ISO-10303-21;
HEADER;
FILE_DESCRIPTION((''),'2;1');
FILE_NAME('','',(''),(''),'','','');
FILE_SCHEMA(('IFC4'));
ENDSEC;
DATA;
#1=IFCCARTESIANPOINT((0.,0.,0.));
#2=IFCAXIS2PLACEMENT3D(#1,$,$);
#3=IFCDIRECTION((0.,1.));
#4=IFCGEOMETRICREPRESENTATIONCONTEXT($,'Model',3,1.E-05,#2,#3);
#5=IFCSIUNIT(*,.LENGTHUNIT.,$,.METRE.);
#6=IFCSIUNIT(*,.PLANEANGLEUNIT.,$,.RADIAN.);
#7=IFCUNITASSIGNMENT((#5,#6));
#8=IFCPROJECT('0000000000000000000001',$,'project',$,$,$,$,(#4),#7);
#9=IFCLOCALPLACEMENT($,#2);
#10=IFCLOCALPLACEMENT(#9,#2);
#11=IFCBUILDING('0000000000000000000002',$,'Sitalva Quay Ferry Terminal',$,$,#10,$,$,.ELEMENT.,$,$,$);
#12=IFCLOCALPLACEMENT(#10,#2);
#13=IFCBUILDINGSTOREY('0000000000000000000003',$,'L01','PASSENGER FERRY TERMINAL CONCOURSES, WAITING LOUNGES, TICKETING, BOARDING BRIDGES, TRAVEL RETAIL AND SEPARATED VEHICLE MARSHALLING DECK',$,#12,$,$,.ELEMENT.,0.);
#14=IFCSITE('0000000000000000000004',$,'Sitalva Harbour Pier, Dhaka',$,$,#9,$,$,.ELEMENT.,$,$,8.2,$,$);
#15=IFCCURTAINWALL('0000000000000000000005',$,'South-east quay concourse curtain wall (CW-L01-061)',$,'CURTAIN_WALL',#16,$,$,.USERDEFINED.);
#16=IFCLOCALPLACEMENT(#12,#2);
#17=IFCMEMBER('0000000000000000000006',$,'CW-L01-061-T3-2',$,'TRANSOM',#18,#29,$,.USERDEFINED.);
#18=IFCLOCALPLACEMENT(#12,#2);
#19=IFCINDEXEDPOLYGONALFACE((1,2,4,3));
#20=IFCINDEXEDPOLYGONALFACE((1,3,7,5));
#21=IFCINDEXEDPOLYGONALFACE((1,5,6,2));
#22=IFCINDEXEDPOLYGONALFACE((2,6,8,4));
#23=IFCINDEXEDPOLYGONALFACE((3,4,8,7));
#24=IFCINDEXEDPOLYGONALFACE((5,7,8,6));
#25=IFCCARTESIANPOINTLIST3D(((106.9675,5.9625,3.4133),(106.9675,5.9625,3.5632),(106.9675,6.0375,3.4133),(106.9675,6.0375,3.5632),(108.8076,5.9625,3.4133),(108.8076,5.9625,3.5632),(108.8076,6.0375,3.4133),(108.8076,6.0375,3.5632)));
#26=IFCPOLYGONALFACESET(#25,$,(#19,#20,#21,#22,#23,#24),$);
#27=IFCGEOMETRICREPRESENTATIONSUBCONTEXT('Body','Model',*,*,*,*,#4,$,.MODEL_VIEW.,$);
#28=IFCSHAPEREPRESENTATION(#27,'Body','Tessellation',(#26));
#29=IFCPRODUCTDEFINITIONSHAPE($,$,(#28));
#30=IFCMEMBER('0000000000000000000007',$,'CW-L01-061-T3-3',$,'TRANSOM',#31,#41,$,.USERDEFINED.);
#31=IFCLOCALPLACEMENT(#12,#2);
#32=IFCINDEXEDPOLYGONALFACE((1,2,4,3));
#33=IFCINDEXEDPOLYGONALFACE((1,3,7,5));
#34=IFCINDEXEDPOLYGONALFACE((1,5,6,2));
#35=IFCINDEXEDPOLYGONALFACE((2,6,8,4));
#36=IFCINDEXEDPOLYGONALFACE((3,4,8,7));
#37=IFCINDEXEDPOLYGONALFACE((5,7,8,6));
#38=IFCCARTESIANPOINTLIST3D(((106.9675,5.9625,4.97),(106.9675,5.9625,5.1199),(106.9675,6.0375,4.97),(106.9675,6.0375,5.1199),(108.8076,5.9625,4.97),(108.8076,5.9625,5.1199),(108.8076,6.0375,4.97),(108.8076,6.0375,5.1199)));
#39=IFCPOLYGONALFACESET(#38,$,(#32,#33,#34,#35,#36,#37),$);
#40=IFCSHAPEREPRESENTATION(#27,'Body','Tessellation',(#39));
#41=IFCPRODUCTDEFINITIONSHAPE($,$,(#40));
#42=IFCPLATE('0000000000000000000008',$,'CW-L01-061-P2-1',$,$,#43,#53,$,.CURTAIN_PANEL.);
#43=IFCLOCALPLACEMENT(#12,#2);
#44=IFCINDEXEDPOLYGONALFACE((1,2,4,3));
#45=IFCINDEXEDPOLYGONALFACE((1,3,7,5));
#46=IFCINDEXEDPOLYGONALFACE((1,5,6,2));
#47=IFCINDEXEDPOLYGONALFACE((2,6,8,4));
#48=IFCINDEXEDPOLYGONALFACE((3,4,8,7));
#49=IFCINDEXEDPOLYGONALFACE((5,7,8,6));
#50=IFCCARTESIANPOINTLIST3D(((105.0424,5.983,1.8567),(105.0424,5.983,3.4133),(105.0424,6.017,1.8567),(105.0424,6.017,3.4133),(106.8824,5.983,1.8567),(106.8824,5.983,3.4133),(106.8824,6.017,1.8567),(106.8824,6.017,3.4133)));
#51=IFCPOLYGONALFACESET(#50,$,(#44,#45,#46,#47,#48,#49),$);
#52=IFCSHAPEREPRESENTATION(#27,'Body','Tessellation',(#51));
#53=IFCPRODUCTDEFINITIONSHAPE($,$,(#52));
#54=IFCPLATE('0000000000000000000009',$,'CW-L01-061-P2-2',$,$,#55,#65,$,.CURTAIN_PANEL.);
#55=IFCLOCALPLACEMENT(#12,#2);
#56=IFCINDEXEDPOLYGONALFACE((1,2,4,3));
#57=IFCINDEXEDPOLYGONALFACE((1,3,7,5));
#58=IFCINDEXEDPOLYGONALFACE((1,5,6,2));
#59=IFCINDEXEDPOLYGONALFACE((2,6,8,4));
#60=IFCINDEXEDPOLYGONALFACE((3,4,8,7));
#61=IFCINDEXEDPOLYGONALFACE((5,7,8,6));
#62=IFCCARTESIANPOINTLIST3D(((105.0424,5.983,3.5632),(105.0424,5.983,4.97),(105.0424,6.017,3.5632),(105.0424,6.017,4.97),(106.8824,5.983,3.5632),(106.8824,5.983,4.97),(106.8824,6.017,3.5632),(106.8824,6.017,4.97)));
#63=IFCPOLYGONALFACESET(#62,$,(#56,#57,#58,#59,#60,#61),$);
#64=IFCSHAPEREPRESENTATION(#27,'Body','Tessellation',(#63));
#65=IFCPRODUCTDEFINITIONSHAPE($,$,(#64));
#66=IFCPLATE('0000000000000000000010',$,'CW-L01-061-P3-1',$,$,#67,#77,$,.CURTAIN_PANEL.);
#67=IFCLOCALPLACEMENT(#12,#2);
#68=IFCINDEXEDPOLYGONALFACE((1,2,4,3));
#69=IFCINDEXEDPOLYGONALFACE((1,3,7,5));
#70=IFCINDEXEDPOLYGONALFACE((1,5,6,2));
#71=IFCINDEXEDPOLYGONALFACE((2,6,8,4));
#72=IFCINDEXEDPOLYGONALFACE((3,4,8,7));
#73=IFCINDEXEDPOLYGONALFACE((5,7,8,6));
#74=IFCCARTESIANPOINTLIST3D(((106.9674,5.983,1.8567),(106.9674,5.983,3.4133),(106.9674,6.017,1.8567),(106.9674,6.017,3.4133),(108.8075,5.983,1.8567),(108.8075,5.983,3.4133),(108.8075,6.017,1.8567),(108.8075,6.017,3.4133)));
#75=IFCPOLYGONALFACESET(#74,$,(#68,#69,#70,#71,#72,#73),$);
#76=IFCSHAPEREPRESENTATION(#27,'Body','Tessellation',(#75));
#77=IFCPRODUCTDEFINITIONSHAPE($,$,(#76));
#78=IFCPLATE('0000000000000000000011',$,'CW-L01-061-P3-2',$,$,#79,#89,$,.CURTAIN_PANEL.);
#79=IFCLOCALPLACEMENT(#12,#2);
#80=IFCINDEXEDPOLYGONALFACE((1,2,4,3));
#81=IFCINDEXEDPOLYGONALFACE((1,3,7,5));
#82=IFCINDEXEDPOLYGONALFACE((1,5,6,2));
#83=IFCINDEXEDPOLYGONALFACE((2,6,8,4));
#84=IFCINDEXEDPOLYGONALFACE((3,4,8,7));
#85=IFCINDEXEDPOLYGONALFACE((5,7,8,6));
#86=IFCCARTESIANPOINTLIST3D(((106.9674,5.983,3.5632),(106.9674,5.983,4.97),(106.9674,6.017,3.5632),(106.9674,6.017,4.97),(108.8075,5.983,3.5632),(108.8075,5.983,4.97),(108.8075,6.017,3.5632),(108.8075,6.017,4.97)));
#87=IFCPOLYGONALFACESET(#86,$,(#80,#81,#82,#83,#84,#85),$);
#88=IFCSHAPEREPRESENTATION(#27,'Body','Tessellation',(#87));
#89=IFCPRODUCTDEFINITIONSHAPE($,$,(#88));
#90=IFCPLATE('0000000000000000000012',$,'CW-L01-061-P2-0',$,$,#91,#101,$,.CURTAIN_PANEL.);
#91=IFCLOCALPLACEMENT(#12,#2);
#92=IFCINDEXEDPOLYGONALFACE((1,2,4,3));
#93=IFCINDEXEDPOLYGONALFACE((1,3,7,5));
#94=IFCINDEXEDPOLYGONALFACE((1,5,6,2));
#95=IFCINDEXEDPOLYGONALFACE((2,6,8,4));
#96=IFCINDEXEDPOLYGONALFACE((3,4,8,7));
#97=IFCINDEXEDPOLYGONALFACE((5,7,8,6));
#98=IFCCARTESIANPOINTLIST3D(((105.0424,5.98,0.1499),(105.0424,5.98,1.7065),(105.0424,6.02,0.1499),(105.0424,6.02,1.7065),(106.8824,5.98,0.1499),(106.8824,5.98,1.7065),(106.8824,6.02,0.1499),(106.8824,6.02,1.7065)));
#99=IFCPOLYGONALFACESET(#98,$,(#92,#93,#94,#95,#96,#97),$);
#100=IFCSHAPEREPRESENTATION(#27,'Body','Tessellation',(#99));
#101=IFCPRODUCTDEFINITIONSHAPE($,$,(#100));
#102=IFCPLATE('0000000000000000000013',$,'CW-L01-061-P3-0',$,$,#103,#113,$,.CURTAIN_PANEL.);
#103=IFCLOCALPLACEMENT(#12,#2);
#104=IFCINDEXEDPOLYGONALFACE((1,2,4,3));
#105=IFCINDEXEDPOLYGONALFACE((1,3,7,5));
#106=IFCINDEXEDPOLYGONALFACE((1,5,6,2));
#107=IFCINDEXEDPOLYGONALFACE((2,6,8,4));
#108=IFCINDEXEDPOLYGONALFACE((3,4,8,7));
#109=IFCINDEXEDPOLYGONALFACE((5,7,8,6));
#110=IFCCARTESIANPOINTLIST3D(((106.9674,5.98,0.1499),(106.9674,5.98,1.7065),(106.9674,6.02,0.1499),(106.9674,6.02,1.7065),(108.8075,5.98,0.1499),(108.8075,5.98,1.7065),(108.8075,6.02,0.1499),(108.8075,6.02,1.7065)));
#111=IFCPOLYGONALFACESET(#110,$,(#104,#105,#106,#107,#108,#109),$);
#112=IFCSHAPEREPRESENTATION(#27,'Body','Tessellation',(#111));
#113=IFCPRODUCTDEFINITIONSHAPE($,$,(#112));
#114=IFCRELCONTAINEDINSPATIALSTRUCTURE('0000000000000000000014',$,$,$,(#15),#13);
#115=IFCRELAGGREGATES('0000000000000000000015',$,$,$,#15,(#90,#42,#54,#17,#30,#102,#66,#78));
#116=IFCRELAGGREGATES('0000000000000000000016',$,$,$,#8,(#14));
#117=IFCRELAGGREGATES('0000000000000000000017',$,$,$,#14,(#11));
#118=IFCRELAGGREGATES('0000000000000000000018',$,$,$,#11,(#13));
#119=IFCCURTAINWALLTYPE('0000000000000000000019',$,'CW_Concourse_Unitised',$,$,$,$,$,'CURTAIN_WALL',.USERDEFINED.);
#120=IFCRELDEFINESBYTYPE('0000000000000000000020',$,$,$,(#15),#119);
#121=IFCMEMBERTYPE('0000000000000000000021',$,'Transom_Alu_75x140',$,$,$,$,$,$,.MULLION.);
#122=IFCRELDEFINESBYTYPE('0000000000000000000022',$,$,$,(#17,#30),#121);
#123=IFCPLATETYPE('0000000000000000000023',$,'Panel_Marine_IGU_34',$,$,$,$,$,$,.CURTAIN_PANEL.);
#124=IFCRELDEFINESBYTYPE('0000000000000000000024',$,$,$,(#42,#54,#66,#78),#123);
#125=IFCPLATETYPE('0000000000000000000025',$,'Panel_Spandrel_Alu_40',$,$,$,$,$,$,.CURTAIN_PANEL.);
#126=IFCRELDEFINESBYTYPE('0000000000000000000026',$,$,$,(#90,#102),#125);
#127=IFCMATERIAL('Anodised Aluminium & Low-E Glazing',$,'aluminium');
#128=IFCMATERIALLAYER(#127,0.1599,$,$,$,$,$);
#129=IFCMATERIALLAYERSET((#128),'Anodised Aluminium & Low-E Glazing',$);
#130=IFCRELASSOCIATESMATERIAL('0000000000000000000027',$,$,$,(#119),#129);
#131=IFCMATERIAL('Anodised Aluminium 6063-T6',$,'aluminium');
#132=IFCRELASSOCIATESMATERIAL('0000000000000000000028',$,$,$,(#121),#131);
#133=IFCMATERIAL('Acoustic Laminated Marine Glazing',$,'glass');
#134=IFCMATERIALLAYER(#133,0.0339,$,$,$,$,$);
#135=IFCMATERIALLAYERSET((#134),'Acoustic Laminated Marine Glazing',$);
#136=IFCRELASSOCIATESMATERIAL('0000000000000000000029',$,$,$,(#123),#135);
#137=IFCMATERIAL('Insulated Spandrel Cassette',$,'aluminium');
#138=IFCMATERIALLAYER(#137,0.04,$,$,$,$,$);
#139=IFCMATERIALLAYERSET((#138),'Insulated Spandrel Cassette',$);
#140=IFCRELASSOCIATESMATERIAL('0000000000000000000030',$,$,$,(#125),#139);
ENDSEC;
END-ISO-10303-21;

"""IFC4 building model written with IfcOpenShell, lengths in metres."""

from ifc_helpers import new_model, si_unit, direction, frame, origin, origin_2d, place, context, subcontext, project, spatial, rectangle, extrude, material, layer, layer_set, material_profile, profile_set, type_object, element, aggregate, save


model = new_model("IFC4")

# Units and contexts
model_context = context("Model", 3, precision=1e-05, world=origin(), true_north=direction((0.0, 1.0)))
body_context = subcontext(model_context, "Body", "Model", "MODEL_VIEW")
ifc_project = project(units=[si_unit("LENGTHUNIT", "METRE"), si_unit("PLANEANGLEUNIT", "RADIAN")], contexts=[model_context])

# Site, building, storey
site_placement = place(None, origin())
site = spatial("IfcSite", under=ifc_project, at=site_placement, Name="Sitalva Harbour Pier, Dhaka", CompositionType="ELEMENT", RefElevation=8.2)
building_placement = place(site_placement, origin())
building = spatial("IfcBuilding", under=site, at=building_placement, Name="Sitalva Quay Ferry Terminal", CompositionType="ELEMENT")
storey_placement = place(building_placement, origin())
storey = spatial("IfcBuildingStorey", under=building, at=storey_placement, Name="L01", Description="PASSENGER FERRY TERMINAL CONCOURSES, WAITING LOUNGES, TICKETING, BOARDING BRIDGES, TRAVEL RETAIL AND SEPARATED VEHICLE MARSHALLING DECK", CompositionType="ELEMENT", Elevation=0.0)

# Curtain wall
ifc_material_1 = material(Name="Anodised Aluminium & Low-E Glazing", Category="aluminium")
ifc_layer_1 = layer(ifc_material_1, 0.1599)
ifc_layer_set_1 = layer_set([ifc_layer_1], Name="Anodised Aluminium & Low-E Glazing")
curtain_wall_type = type_object("IfcCurtainWallType", Name="CW_Concourse_Unitised", ElementType="CURTAIN_WALL", PredefinedType="USERDEFINED", material=ifc_layer_set_1)
curtain_wall_placement = place(storey_placement, origin())
curtain_wall = element("IfcCurtainWall", 1, at=curtain_wall_placement, inside=storey, type_object=curtain_wall_type, Name="South-east quay concourse curtain wall (CW-L01-061)", ObjectType="CURTAIN_WALL", PredefinedType="USERDEFINED")

# Members
ifc_material_2 = material(Name="Anodised Aluminium 6063-T6", Category="aluminium")
ifc_material_profile_1 = material_profile(ifc_material_2, rectangle(XDim=0.075, YDim=0.1499, at=origin_2d()), Name="ALU75x150")
ifc_profile_set_1 = profile_set([ifc_material_profile_1], Name="Anodised Aluminium 6063-T6")
member_type_1 = type_object("IfcMemberType", Name="Transom_Alu_75x140", PredefinedType="MULLION", material=ifc_profile_set_1)
member_1_placement = place(storey_placement, frame((106.9675, 6.0, 3.4883), z_axis=(1.0, 0.0, 0.0), x_axis=(0.0, 1.0, 0.0)))
member_1 = element("IfcMember", 2, at=member_1_placement, type_object=member_type_1, Name="CW-L01-061-T3-2", ObjectType="TRANSOM", PredefinedType="USERDEFINED", context=body_context, shape_type="SweptSolid", body=[
    extrude(rectangle(XDim=0.075, YDim=0.1499, at=origin_2d()), origin(), (0.0, 0.0, 1.0), 1.8401),
])
member_2_placement = place(storey_placement, frame((106.9675, 6.0, 5.0449), z_axis=(1.0, 0.0, 0.0), x_axis=(0.0, 1.0, 0.0)))
member_2 = element("IfcMember", 3, at=member_2_placement, type_object=member_type_1, Name="CW-L01-061-T3-3", ObjectType="TRANSOM", PredefinedType="USERDEFINED", context=body_context, shape_type="SweptSolid", body=[
    extrude(rectangle(XDim=0.075, YDim=0.1499, at=origin_2d()), origin(), (0.0, 0.0, 1.0), 1.8401),
])

# Plates
ifc_material_3 = material(Name="Acoustic Laminated Marine Glazing", Category="glass")
ifc_layer_2 = layer(ifc_material_3, 0.0339)
ifc_layer_set_2 = layer_set([ifc_layer_2], Name="Acoustic Laminated Marine Glazing")
plate_type_1 = type_object("IfcPlateType", Name="Panel_Marine_IGU_34", PredefinedType="CURTAIN_PANEL", material=ifc_layer_set_2)
plate_1_placement = place(storey_placement, frame((105.9624, 6.0, 1.8567), z_axis=(0.0, 0.0, 1.0), x_axis=(1.0, 0.0, 0.0)))
plate_1 = element("IfcPlate", 4, at=plate_1_placement, type_object=plate_type_1, Name="CW-L01-061-P2-1", PredefinedType="CURTAIN_PANEL", context=body_context, shape_type="SweptSolid", body=[
    extrude(rectangle(XDim=1.8401, YDim=0.0339, at=origin_2d()), origin(), (0.0, 0.0, 1.0), 1.5566),
])
plate_2_placement = place(storey_placement, frame((105.9624, 6.0, 3.5632), z_axis=(0.0, 0.0, 1.0), x_axis=(1.0, 0.0, 0.0)))
plate_2 = element("IfcPlate", 5, at=plate_2_placement, type_object=plate_type_1, Name="CW-L01-061-P2-2", PredefinedType="CURTAIN_PANEL", context=body_context, shape_type="SweptSolid", body=[
    extrude(rectangle(XDim=1.8401, YDim=0.0339, at=origin_2d()), origin(), (0.0, 0.0, 1.0), 1.4067),
])
plate_3_placement = place(storey_placement, frame((107.8875, 6.0, 1.8567), z_axis=(0.0, 0.0, 1.0), x_axis=(1.0, 0.0, 0.0)))
plate_3 = element("IfcPlate", 6, at=plate_3_placement, type_object=plate_type_1, Name="CW-L01-061-P3-1", PredefinedType="CURTAIN_PANEL", context=body_context, shape_type="SweptSolid", body=[
    extrude(rectangle(XDim=1.8401, YDim=0.0339, at=origin_2d()), origin(), (0.0, 0.0, 1.0), 1.5566),
])
plate_4_placement = place(storey_placement, frame((107.8875, 6.0, 3.5632), z_axis=(0.0, 0.0, 1.0), x_axis=(1.0, 0.0, 0.0)))
plate_4 = element("IfcPlate", 7, at=plate_4_placement, type_object=plate_type_1, Name="CW-L01-061-P3-2", PredefinedType="CURTAIN_PANEL", context=body_context, shape_type="SweptSolid", body=[
    extrude(rectangle(XDim=1.8401, YDim=0.0339, at=origin_2d()), origin(), (0.0, 0.0, 1.0), 1.4067),
])
ifc_material_4 = material(Name="Insulated Spandrel Cassette", Category="aluminium")
ifc_layer_3 = layer(ifc_material_4, 0.04)
ifc_layer_set_3 = layer_set([ifc_layer_3], Name="Insulated Spandrel Cassette")
plate_type_2 = type_object("IfcPlateType", Name="Panel_Spandrel_Alu_40", PredefinedType="CURTAIN_PANEL", material=ifc_layer_set_3)
plate_5_placement = place(storey_placement, frame((105.9624, 6.0, 0.1499), z_axis=(0.0, 0.0, 1.0), x_axis=(1.0, 0.0, 0.0)))
plate_5 = element("IfcPlate", 8, at=plate_5_placement, type_object=plate_type_2, Name="CW-L01-061-P2-0", PredefinedType="CURTAIN_PANEL", context=body_context, shape_type="SweptSolid", body=[
    extrude(rectangle(XDim=1.8401, YDim=0.04, at=origin_2d()), origin(), (0.0, 0.0, 1.0), 1.5566),
])
plate_6_placement = place(storey_placement, frame((107.8875, 6.0, 0.1499), z_axis=(0.0, 0.0, 1.0), x_axis=(1.0, 0.0, 0.0)))
plate_6 = element("IfcPlate", 9, at=plate_6_placement, type_object=plate_type_2, Name="CW-L01-061-P3-0", PredefinedType="CURTAIN_PANEL", context=body_context, shape_type="SweptSolid", body=[
    extrude(rectangle(XDim=1.8401, YDim=0.04, at=origin_2d()), origin(), (0.0, 0.0, 1.0), 1.5566),
])
aggregate(curtain_wall, [plate_5, plate_1, plate_2, member_1, member_2, plate_6, plate_3, plate_4])

save(model, "model.ifc")
